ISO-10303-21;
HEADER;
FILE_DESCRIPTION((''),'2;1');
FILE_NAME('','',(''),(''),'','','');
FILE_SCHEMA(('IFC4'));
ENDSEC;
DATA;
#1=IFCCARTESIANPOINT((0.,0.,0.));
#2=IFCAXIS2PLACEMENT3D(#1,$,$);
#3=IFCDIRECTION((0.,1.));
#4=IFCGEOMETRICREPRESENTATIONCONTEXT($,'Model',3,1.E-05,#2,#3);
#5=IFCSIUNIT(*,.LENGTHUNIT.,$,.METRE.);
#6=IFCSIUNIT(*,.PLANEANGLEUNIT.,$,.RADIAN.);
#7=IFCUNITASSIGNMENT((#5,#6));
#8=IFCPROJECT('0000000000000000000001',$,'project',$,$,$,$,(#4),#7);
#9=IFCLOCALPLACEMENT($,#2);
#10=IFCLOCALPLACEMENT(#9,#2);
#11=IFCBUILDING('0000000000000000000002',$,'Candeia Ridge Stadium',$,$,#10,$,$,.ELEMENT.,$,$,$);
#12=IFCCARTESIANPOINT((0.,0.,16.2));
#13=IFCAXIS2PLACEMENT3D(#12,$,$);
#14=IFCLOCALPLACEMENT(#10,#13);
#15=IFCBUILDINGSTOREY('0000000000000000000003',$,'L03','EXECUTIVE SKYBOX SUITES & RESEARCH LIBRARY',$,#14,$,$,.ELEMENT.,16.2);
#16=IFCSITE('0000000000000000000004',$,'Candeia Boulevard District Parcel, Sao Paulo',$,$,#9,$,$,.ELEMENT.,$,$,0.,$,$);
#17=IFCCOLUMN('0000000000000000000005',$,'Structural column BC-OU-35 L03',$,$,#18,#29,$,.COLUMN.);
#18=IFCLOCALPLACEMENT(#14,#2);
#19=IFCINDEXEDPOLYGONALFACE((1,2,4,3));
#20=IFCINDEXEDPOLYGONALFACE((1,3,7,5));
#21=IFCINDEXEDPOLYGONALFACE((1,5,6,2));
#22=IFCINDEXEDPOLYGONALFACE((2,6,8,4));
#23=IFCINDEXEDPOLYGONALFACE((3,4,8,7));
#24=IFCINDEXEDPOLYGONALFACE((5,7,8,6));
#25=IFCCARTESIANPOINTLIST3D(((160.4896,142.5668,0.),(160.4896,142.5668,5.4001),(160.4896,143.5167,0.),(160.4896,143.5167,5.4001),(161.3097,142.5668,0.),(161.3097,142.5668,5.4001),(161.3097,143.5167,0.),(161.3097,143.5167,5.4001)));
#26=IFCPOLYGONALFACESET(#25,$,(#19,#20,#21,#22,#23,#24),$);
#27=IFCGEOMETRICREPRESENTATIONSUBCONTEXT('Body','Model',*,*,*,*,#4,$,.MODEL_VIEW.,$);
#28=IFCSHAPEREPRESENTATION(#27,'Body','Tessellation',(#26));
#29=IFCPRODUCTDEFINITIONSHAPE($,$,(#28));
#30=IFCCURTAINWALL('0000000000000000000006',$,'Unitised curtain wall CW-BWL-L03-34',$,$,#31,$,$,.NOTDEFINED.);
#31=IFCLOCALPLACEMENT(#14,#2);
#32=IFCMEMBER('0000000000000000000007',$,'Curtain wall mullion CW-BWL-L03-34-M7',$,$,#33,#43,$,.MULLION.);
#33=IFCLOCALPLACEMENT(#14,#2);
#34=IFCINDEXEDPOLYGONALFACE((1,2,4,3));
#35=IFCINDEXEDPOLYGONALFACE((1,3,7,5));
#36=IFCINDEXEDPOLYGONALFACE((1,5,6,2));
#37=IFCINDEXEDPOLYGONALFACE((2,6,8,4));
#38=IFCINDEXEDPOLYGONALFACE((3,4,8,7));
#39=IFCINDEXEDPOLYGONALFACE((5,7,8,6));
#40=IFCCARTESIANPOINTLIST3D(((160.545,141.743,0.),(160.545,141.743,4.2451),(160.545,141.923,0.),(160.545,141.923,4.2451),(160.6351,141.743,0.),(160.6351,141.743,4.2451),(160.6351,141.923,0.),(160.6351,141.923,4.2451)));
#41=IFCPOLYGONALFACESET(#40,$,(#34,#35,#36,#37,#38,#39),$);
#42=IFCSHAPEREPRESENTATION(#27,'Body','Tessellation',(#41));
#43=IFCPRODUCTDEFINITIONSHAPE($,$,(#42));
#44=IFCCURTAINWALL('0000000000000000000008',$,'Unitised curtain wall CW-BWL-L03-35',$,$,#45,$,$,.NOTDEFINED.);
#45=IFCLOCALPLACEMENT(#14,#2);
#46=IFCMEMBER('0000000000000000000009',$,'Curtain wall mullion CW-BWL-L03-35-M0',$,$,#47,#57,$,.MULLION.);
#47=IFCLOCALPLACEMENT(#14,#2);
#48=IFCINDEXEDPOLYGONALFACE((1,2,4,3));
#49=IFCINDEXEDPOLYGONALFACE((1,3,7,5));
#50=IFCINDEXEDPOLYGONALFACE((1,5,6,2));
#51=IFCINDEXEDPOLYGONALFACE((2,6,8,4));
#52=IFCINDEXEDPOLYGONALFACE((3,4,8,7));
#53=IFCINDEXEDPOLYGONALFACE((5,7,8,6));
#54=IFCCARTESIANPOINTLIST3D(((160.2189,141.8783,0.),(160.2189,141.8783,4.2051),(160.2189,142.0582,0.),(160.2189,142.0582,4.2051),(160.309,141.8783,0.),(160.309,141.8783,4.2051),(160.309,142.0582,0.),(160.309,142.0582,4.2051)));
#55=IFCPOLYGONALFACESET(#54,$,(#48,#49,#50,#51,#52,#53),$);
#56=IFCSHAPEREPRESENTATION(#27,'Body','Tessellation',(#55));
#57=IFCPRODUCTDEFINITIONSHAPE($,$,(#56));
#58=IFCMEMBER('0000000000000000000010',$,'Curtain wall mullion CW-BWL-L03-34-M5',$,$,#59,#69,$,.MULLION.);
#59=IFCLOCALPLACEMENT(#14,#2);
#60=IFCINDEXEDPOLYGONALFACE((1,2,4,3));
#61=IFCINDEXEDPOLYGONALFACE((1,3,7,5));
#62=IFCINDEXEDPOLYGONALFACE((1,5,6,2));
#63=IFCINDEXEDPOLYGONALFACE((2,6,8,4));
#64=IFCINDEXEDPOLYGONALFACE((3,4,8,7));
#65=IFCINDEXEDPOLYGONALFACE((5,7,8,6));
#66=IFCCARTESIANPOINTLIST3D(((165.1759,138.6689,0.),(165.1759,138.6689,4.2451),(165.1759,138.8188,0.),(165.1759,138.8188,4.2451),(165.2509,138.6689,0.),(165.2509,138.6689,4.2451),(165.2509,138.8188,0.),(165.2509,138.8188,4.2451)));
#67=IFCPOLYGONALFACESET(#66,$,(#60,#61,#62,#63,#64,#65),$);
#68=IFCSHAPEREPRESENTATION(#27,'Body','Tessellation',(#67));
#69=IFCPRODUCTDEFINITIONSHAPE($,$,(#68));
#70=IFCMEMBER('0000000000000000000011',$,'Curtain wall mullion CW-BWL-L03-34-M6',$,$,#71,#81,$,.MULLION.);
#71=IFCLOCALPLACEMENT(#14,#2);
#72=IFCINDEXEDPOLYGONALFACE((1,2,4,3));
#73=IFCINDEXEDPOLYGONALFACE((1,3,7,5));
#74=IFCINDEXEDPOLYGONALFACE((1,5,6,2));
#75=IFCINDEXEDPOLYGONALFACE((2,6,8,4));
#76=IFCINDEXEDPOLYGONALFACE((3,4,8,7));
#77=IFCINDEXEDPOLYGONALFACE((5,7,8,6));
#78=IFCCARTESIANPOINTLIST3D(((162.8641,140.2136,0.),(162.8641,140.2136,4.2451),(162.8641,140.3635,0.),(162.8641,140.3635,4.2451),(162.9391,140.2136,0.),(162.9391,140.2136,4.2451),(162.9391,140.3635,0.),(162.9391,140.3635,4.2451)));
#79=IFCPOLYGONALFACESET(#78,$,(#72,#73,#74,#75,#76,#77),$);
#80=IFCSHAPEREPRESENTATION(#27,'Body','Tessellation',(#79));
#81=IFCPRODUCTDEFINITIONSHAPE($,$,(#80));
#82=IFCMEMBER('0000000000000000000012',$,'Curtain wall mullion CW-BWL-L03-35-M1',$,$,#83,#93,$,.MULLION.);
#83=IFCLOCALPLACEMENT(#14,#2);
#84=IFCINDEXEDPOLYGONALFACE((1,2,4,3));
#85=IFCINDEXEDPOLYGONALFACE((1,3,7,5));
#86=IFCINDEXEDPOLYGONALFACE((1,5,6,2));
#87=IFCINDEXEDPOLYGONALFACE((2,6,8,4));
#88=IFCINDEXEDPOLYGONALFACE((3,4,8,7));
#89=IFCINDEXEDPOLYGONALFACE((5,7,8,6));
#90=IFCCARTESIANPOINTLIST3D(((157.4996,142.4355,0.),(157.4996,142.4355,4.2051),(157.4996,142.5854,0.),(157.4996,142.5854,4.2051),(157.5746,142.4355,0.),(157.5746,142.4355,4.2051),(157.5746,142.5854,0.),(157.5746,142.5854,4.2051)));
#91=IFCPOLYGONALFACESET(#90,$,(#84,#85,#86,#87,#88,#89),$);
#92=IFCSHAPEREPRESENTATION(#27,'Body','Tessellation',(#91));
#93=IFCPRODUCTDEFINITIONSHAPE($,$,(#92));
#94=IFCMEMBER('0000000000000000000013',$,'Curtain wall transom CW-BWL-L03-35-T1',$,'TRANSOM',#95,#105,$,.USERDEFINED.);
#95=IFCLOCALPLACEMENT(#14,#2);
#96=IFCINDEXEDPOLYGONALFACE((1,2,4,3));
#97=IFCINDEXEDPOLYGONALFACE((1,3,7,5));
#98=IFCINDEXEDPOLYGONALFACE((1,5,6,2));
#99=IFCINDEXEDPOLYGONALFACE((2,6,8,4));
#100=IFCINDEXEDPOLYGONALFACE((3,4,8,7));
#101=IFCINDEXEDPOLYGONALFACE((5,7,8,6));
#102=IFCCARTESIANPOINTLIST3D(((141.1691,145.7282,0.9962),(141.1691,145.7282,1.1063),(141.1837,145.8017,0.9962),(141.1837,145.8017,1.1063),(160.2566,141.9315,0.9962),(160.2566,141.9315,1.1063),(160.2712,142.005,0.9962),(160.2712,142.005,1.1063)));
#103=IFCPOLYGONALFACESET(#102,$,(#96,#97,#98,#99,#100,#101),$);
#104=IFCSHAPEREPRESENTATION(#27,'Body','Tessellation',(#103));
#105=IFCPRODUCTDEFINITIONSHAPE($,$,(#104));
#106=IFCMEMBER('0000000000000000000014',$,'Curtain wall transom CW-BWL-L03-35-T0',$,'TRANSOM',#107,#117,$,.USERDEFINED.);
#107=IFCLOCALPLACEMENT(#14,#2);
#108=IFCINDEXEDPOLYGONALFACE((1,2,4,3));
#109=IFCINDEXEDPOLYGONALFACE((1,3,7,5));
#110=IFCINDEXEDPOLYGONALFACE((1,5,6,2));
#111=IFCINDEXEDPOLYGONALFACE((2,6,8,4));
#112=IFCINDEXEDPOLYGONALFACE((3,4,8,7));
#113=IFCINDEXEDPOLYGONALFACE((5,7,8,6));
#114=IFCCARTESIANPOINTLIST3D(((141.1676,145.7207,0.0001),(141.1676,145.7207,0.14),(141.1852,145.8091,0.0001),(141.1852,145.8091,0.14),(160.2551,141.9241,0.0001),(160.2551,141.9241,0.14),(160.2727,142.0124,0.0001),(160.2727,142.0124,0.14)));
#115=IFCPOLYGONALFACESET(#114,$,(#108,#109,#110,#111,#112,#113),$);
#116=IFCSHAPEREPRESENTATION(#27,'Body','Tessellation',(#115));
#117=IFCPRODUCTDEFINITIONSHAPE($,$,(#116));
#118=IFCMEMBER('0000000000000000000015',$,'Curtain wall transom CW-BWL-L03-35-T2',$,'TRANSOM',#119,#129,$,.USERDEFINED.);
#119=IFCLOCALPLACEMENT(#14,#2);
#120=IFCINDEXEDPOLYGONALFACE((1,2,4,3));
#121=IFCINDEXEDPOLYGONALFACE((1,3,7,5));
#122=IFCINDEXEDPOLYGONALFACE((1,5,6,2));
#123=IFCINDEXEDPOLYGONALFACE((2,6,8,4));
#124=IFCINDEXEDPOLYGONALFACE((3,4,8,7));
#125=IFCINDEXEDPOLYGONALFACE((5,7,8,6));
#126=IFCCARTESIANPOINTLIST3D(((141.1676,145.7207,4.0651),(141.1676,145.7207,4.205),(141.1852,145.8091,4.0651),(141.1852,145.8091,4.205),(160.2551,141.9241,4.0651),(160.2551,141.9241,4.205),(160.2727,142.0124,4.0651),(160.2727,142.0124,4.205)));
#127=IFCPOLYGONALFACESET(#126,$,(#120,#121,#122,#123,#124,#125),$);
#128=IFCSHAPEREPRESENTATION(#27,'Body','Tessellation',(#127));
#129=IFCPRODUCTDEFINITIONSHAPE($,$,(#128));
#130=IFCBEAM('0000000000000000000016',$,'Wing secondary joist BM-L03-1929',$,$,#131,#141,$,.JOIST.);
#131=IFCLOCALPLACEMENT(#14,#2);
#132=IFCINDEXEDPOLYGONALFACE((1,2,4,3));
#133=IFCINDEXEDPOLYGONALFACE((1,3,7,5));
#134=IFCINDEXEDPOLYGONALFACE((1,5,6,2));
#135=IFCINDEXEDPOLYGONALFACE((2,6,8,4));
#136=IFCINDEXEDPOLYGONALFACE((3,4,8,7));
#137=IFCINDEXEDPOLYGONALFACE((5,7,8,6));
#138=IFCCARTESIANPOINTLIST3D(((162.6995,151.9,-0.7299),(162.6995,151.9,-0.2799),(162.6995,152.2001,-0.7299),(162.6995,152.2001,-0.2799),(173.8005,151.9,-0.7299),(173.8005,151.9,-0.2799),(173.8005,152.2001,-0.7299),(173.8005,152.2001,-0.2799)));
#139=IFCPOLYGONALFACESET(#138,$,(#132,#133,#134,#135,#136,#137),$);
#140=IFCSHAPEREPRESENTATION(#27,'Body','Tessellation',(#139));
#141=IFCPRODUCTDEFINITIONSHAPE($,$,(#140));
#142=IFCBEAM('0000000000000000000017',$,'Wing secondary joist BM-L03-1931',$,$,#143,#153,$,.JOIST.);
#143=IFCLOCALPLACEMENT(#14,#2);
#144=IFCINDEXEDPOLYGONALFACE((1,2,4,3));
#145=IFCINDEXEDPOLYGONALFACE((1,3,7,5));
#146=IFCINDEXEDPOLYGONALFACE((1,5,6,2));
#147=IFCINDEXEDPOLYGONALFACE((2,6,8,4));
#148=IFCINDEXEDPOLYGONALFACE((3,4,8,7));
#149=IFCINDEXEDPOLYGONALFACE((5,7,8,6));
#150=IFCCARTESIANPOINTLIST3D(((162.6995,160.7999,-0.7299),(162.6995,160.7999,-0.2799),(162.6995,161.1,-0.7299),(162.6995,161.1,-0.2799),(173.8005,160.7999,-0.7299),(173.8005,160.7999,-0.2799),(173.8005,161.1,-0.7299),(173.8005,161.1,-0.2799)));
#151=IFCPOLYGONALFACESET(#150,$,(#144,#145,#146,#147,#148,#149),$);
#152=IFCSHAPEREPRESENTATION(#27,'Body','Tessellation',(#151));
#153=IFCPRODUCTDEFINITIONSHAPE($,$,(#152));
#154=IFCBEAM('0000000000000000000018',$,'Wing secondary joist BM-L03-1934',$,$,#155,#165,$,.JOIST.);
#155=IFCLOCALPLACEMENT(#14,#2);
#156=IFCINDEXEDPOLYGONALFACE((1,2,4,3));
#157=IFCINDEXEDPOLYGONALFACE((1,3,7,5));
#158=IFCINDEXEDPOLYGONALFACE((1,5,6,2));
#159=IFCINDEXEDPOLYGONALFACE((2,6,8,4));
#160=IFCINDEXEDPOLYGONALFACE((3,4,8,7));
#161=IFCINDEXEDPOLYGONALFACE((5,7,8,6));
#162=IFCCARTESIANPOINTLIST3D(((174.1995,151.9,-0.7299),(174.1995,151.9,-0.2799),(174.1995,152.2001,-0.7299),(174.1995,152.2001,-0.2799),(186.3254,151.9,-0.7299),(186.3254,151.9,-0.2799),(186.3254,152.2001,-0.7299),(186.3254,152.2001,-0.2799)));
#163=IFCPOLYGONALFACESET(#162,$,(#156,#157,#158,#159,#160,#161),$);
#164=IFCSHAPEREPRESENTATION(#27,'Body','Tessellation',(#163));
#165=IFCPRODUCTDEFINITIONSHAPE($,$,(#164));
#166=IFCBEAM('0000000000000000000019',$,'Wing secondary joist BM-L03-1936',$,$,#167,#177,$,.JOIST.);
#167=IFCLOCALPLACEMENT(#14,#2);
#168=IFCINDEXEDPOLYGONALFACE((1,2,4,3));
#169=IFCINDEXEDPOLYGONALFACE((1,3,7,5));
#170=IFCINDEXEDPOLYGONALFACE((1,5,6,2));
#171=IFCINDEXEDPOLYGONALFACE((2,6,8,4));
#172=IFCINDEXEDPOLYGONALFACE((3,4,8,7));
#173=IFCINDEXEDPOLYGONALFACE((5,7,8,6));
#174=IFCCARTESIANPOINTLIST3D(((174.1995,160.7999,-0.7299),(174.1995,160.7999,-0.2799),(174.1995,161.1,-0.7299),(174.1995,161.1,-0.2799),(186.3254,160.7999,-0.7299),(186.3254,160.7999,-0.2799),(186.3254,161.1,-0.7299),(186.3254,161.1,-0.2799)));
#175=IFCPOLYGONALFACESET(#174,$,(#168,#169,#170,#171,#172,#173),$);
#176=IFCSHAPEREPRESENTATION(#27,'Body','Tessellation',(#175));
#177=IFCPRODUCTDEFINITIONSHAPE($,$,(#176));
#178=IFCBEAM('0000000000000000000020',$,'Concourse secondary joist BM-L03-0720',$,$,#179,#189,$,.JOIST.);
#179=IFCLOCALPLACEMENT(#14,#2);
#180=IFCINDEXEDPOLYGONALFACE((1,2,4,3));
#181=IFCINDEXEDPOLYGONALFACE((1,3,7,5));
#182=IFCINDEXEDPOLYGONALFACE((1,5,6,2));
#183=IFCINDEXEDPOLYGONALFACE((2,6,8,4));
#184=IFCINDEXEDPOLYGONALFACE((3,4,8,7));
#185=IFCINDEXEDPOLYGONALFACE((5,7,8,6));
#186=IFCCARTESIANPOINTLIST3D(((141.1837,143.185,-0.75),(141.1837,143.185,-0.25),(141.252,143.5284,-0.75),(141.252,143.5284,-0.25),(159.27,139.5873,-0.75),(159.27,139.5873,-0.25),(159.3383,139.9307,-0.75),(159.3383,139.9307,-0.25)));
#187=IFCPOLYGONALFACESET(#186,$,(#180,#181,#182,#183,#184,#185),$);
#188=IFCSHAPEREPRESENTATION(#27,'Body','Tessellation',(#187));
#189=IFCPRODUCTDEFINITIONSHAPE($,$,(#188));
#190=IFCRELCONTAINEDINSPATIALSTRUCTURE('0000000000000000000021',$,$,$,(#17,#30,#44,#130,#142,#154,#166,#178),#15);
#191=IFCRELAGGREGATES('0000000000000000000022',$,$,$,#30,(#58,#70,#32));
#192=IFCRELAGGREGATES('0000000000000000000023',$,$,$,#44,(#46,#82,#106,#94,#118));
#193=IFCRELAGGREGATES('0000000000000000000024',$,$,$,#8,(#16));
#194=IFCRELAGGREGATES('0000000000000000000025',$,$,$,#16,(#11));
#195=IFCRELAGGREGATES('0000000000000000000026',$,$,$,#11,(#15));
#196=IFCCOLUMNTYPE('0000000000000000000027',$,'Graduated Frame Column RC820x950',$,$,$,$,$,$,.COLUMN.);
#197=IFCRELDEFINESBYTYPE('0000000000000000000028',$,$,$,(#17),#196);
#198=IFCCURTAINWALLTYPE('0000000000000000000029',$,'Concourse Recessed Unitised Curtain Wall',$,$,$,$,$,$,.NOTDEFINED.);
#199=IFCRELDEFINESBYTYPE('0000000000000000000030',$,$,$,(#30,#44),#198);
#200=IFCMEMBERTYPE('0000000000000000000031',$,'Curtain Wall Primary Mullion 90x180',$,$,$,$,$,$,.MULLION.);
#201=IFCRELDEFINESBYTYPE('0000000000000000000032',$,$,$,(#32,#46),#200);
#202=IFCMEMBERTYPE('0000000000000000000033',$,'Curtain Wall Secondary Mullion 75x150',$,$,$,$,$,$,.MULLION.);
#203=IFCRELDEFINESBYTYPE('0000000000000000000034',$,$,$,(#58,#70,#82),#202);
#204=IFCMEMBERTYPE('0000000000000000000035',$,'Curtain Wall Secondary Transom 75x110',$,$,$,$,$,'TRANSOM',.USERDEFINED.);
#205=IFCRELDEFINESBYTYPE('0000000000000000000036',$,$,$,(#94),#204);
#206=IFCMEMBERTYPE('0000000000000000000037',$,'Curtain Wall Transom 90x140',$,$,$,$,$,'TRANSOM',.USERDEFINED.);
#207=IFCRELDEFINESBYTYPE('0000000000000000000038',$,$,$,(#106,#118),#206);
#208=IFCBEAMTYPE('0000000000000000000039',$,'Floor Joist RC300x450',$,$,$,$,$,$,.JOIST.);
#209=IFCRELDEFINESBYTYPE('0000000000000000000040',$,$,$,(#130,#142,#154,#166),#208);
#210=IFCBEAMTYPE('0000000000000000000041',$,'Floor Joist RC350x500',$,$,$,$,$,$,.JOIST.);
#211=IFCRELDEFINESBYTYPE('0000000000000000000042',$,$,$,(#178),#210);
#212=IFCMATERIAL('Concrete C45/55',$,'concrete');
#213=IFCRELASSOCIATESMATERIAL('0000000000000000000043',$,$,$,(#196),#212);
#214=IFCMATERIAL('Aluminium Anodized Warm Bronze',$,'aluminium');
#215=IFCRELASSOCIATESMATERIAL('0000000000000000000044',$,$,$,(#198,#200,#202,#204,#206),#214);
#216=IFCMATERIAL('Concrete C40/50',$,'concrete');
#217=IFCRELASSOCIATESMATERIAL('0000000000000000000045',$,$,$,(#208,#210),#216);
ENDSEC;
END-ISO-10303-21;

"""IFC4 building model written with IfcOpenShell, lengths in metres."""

from ifc_helpers import new_model, si_unit, direction, frame, origin, origin_2d, place, context, subcontext, project, spatial, rectangle, extrude, material, material_profile, profile_set, type_object, element, aggregate, save


model = new_model("IFC4")

# Units and contexts
model_context = context("Model", 3, precision=1e-05, world=origin(), true_north=direction((0.0, 1.0)))
body_context = subcontext(model_context, "Body", "Model", "MODEL_VIEW")
ifc_project = project(units=[si_unit("LENGTHUNIT", "METRE"), si_unit("PLANEANGLEUNIT", "RADIAN")], contexts=[model_context])

# Site, building, storey
site_placement = place(None, origin())
site = spatial("IfcSite", under=ifc_project, at=site_placement, Name="Candeia Boulevard District Parcel, Sao Paulo", CompositionType="ELEMENT", RefElevation=0.0)
building_placement = place(site_placement, origin())
building = spatial("IfcBuilding", under=site, at=building_placement, Name="Candeia Ridge Stadium", CompositionType="ELEMENT")
storey_placement = place(building_placement, frame((0.0, 0.0, 16.2)))
storey = spatial("IfcBuildingStorey", under=building, at=storey_placement, Name="L03", Description="EXECUTIVE SKYBOX SUITES & RESEARCH LIBRARY", CompositionType="ELEMENT", Elevation=16.2)

# Column
ifc_material_1 = material(Name="Concrete C45/55", Category="concrete")
ifc_material_profile_1 = material_profile(ifc_material_1, rectangle(XDim=0.8201, YDim=0.95, at=origin_2d()), Name="RC820x950", Category="concrete")
ifc_profile_set_1 = profile_set([ifc_material_profile_1], Name="Concrete C45/55")
column_type = type_object("IfcColumnType", Name="Graduated Frame Column RC820x950", PredefinedType="COLUMN", material=ifc_profile_set_1)
column_placement = place(storey_placement, frame((160.8997, 143.0417, 0.0), z_axis=(0.0, 0.0, 1.0), x_axis=(1.0, 0.0, 0.0)))
element("IfcColumn", 1, at=column_placement, inside=storey, type_object=column_type, Name="Structural column BC-OU-35 L03", PredefinedType="COLUMN", context=body_context, shape_type="SweptSolid", body=[
    extrude(rectangle(XDim=0.8201, YDim=0.95, at=origin_2d()), origin(), (0.0, 0.0, 1.0), 5.4001),
])

# Curtain walls, members
ifc_material_2 = material(Name="Aluminium Anodized Warm Bronze", Category="aluminium")
curtain_wall_type = type_object("IfcCurtainWallType", Name="Concourse Recessed Unitised Curtain Wall", PredefinedType="NOTDEFINED", material=ifc_material_2)
curtain_wall_1_placement = place(storey_placement, origin())
curtain_wall_1 = element("IfcCurtainWall", 2, at=curtain_wall_1_placement, inside=storey, type_object=curtain_wall_type, Name="Unitised curtain wall CW-BWL-L03-34", PredefinedType="NOTDEFINED")
ifc_material_profile_2 = material_profile(ifc_material_2, rectangle(XDim=0.0901, YDim=0.1799, at=origin_2d()), Name="CWM-90x180", Category="aluminium")
ifc_profile_set_2 = profile_set([ifc_material_profile_2], Name="Aluminium Anodized Warm Bronze")
member_type_1 = type_object("IfcMemberType", Name="Curtain Wall Primary Mullion 90x180", PredefinedType="MULLION", material=ifc_profile_set_2)
member_1_placement = place(storey_placement, frame((160.5901, 141.833, 0.0), z_axis=(0.0, 0.0, 1.0), x_axis=(1.0, 0.0, 0.0)))
member_1 = element("IfcMember", 3, at=member_1_placement, type_object=member_type_1, Name="Curtain wall mullion CW-BWL-L03-34-M7", PredefinedType="MULLION", context=body_context, shape_type="SweptSolid", body=[
    extrude(rectangle(XDim=0.0901, YDim=0.1799, at=origin_2d()), origin(), (0.0, 0.0, 1.0), 4.2451),
])
curtain_wall_2_placement = place(storey_placement, origin())
curtain_wall_2 = element("IfcCurtainWall", 4, at=curtain_wall_2_placement, inside=storey, type_object=curtain_wall_type, Name="Unitised curtain wall CW-BWL-L03-35", PredefinedType="NOTDEFINED")
member_2_placement = place(storey_placement, frame((160.2639, 141.9683, 0.0), z_axis=(0.0, 0.0, 1.0), x_axis=(1.0, 0.0, 0.0)))
member_2 = element("IfcMember", 5, at=member_2_placement, type_object=member_type_1, Name="Curtain wall mullion CW-BWL-L03-35-M0", PredefinedType="MULLION", context=body_context, shape_type="SweptSolid", body=[
    extrude(rectangle(XDim=0.0901, YDim=0.1799, at=origin_2d()), origin(), (0.0, 0.0, 1.0), 4.2051),
])

# Members
ifc_material_profile_3 = material_profile(ifc_material_2, rectangle(XDim=0.075, YDim=0.1499, at=origin_2d()), Name="CWM-75x150", Category="aluminium")
ifc_profile_set_3 = profile_set([ifc_material_profile_3], Name="Aluminium Anodized Warm Bronze")
member_type_2 = type_object("IfcMemberType", Name="Curtain Wall Secondary Mullion 75x150", PredefinedType="MULLION", material=ifc_profile_set_3)
member_3_placement = place(storey_placement, frame((165.2134, 138.7439, 0.0), z_axis=(0.0, 0.0, 1.0), x_axis=(1.0, 0.0, 0.0)))
member_3 = element("IfcMember", 6, at=member_3_placement, type_object=member_type_2, Name="Curtain wall mullion CW-BWL-L03-34-M5", PredefinedType="MULLION", context=body_context, shape_type="SweptSolid", body=[
    extrude(rectangle(XDim=0.075, YDim=0.1499, at=origin_2d()), origin(), (0.0, 0.0, 1.0), 4.2451),
])
member_4_placement = place(storey_placement, frame((162.9016, 140.2886, 0.0), z_axis=(0.0, 0.0, 1.0), x_axis=(1.0, 0.0, 0.0)))
member_4 = element("IfcMember", 7, at=member_4_placement, type_object=member_type_2, Name="Curtain wall mullion CW-BWL-L03-34-M6", PredefinedType="MULLION", context=body_context, shape_type="SweptSolid", body=[
    extrude(rectangle(XDim=0.075, YDim=0.1499, at=origin_2d()), origin(), (0.0, 0.0, 1.0), 4.2451),
])
member_5_placement = place(storey_placement, frame((157.5371, 142.5105, 0.0), z_axis=(0.0, 0.0, 1.0), x_axis=(1.0, 0.0, 0.0)))
member_5 = element("IfcMember", 8, at=member_5_placement, type_object=member_type_2, Name="Curtain wall mullion CW-BWL-L03-35-M1", PredefinedType="MULLION", context=body_context, shape_type="SweptSolid", body=[
    extrude(rectangle(XDim=0.075, YDim=0.1499, at=origin_2d()), origin(), (0.0, 0.0, 1.0), 4.2051),
])
ifc_material_profile_4 = material_profile(ifc_material_2, rectangle(XDim=0.075, YDim=0.1101, at=origin_2d()), Name="CWT-75x110", Category="aluminium")
ifc_profile_set_4 = profile_set([ifc_material_profile_4], Name="Aluminium Anodized Warm Bronze")
member_type_3 = type_object("IfcMemberType", Name="Curtain Wall Secondary Transom 75x110", ElementType="TRANSOM", PredefinedType="USERDEFINED", material=ifc_profile_set_4)
member_6_placement = place(storey_placement, frame((160.2639, 141.9683, 1.0513), z_axis=(-0.980786, 0.195086, 0.0), x_axis=(-0.195086, -0.980786, 0.0)))
member_6 = element("IfcMember", 9, at=member_6_placement, type_object=member_type_3, Name="Curtain wall transom CW-BWL-L03-35-T1", ObjectType="TRANSOM", PredefinedType="USERDEFINED", context=body_context, shape_type="SweptSolid", body=[
    extrude(rectangle(XDim=0.075, YDim=0.1101, at=origin_2d()), origin(), (0.0, 0.0, 1.0), 19.4614),
])
ifc_material_profile_5 = material_profile(ifc_material_2, rectangle(XDim=0.0901, YDim=0.1399, at=origin_2d()), Name="CWT-90x140", Category="aluminium")
ifc_profile_set_5 = profile_set([ifc_material_profile_5], Name="Aluminium Anodized Warm Bronze")
member_type_4 = type_object("IfcMemberType", Name="Curtain Wall Transom 90x140", ElementType="TRANSOM", PredefinedType="USERDEFINED", material=ifc_profile_set_5)
member_7_placement = place(storey_placement, frame((160.2639, 141.9683, 0.0701), z_axis=(-0.980786, 0.195086, 0.0), x_axis=(-0.195086, -0.980786, 0.0)))
member_7 = element("IfcMember", 10, at=member_7_placement, type_object=member_type_4, Name="Curtain wall transom CW-BWL-L03-35-T0", ObjectType="TRANSOM", PredefinedType="USERDEFINED", context=body_context, shape_type="SweptSolid", body=[
    extrude(rectangle(XDim=0.0901, YDim=0.1399, at=origin_2d()), origin(), (0.0, 0.0, 1.0), 19.4614),
])
member_8_placement = place(storey_placement, frame((160.2639, 141.9683, 4.135), z_axis=(-0.980786, 0.195086, 0.0), x_axis=(-0.195086, -0.980786, 0.0)))
member_8 = element("IfcMember", 11, at=member_8_placement, type_object=member_type_4, Name="Curtain wall transom CW-BWL-L03-35-T2", ObjectType="TRANSOM", PredefinedType="USERDEFINED", context=body_context, shape_type="SweptSolid", body=[
    extrude(rectangle(XDim=0.0901, YDim=0.1399, at=origin_2d()), origin(), (0.0, 0.0, 1.0), 19.4614),
])

# Beams
ifc_material_3 = material(Name="Concrete C40/50", Category="concrete")
ifc_material_profile_6 = material_profile(ifc_material_3, rectangle(XDim=0.3, YDim=0.45, at=origin_2d()), Name="RC300x450", Category="concrete")
ifc_profile_set_6 = profile_set([ifc_material_profile_6], Name="Concrete C40/50")
beam_type_1 = type_object("IfcBeamType", Name="Floor Joist RC300x450", PredefinedType="JOIST", material=ifc_profile_set_6)
for number, where, z_axis, x_axis, name in (
    (12, (162.6995, 152.05, -0.5049), (1.0, 0.0, 0.0), (0.0, 1.0, 0.0), "Wing secondary joist BM-L03-1929"),
    (13, (162.6995, 160.95, -0.5049), (1.0, 0.0, 0.0), (0.0, 1.0, 0.0), "Wing secondary joist BM-L03-1931"),
):
    element("IfcBeam", number, at=place(storey_placement, frame(where, z_axis=z_axis, x_axis=x_axis)), inside=storey, type_object=beam_type_1, Name=name, PredefinedType="JOIST", context=body_context, shape_type="SweptSolid", body=[
        extrude(rectangle(XDim=0.3, YDim=0.45, at=origin_2d()), origin(), (0.0, 0.0, 1.0), 11.1011),
    ])
for number, where, z_axis, x_axis, name in (
    (14, (174.1995, 152.05, -0.5049), (1.0, 0.0, 0.0), (0.0, 1.0, 0.0), "Wing secondary joist BM-L03-1934"),
    (15, (174.1995, 160.95, -0.5049), (1.0, 0.0, 0.0), (0.0, 1.0, 0.0), "Wing secondary joist BM-L03-1936"),
):
    element("IfcBeam", number, at=place(storey_placement, frame(where, z_axis=z_axis, x_axis=x_axis)), inside=storey, type_object=beam_type_1, Name=name, PredefinedType="JOIST", context=body_context, shape_type="SweptSolid", body=[
        extrude(rectangle(XDim=0.3, YDim=0.45, at=origin_2d()), origin(), (0.0, 0.0, 1.0), 12.126),
    ])
ifc_material_profile_7 = material_profile(ifc_material_3, rectangle(XDim=0.3501, YDim=0.5, at=origin_2d()), Name="RC350x500", Category="concrete")
ifc_profile_set_7 = profile_set([ifc_material_profile_7], Name="Concrete C40/50")
beam_type_2 = type_object("IfcBeamType", Name="Floor Joist RC350x500", PredefinedType="JOIST", material=ifc_profile_set_7)
beam_1_placement = place(storey_placement, frame((159.3042, 139.759, -0.5), z_axis=(-0.980785, 0.195093, 0.0), x_axis=(-0.195093, -0.980785, 0.0)))
element("IfcBeam", 16, at=beam_1_placement, inside=storey, type_object=beam_type_2, Name="Concourse secondary joist BM-L03-0720", PredefinedType="JOIST", context=body_context, shape_type="SweptSolid", body=[
    extrude(rectangle(XDim=0.3501, YDim=0.5, at=origin_2d()), origin(), (0.0, 0.0, 1.0), 18.4407),
])

aggregate(curtain_wall_1, [member_3, member_4, member_1])
aggregate(curtain_wall_2, [member_2, member_5, member_7, member_6, member_8])

save(model, "model.ifc")
